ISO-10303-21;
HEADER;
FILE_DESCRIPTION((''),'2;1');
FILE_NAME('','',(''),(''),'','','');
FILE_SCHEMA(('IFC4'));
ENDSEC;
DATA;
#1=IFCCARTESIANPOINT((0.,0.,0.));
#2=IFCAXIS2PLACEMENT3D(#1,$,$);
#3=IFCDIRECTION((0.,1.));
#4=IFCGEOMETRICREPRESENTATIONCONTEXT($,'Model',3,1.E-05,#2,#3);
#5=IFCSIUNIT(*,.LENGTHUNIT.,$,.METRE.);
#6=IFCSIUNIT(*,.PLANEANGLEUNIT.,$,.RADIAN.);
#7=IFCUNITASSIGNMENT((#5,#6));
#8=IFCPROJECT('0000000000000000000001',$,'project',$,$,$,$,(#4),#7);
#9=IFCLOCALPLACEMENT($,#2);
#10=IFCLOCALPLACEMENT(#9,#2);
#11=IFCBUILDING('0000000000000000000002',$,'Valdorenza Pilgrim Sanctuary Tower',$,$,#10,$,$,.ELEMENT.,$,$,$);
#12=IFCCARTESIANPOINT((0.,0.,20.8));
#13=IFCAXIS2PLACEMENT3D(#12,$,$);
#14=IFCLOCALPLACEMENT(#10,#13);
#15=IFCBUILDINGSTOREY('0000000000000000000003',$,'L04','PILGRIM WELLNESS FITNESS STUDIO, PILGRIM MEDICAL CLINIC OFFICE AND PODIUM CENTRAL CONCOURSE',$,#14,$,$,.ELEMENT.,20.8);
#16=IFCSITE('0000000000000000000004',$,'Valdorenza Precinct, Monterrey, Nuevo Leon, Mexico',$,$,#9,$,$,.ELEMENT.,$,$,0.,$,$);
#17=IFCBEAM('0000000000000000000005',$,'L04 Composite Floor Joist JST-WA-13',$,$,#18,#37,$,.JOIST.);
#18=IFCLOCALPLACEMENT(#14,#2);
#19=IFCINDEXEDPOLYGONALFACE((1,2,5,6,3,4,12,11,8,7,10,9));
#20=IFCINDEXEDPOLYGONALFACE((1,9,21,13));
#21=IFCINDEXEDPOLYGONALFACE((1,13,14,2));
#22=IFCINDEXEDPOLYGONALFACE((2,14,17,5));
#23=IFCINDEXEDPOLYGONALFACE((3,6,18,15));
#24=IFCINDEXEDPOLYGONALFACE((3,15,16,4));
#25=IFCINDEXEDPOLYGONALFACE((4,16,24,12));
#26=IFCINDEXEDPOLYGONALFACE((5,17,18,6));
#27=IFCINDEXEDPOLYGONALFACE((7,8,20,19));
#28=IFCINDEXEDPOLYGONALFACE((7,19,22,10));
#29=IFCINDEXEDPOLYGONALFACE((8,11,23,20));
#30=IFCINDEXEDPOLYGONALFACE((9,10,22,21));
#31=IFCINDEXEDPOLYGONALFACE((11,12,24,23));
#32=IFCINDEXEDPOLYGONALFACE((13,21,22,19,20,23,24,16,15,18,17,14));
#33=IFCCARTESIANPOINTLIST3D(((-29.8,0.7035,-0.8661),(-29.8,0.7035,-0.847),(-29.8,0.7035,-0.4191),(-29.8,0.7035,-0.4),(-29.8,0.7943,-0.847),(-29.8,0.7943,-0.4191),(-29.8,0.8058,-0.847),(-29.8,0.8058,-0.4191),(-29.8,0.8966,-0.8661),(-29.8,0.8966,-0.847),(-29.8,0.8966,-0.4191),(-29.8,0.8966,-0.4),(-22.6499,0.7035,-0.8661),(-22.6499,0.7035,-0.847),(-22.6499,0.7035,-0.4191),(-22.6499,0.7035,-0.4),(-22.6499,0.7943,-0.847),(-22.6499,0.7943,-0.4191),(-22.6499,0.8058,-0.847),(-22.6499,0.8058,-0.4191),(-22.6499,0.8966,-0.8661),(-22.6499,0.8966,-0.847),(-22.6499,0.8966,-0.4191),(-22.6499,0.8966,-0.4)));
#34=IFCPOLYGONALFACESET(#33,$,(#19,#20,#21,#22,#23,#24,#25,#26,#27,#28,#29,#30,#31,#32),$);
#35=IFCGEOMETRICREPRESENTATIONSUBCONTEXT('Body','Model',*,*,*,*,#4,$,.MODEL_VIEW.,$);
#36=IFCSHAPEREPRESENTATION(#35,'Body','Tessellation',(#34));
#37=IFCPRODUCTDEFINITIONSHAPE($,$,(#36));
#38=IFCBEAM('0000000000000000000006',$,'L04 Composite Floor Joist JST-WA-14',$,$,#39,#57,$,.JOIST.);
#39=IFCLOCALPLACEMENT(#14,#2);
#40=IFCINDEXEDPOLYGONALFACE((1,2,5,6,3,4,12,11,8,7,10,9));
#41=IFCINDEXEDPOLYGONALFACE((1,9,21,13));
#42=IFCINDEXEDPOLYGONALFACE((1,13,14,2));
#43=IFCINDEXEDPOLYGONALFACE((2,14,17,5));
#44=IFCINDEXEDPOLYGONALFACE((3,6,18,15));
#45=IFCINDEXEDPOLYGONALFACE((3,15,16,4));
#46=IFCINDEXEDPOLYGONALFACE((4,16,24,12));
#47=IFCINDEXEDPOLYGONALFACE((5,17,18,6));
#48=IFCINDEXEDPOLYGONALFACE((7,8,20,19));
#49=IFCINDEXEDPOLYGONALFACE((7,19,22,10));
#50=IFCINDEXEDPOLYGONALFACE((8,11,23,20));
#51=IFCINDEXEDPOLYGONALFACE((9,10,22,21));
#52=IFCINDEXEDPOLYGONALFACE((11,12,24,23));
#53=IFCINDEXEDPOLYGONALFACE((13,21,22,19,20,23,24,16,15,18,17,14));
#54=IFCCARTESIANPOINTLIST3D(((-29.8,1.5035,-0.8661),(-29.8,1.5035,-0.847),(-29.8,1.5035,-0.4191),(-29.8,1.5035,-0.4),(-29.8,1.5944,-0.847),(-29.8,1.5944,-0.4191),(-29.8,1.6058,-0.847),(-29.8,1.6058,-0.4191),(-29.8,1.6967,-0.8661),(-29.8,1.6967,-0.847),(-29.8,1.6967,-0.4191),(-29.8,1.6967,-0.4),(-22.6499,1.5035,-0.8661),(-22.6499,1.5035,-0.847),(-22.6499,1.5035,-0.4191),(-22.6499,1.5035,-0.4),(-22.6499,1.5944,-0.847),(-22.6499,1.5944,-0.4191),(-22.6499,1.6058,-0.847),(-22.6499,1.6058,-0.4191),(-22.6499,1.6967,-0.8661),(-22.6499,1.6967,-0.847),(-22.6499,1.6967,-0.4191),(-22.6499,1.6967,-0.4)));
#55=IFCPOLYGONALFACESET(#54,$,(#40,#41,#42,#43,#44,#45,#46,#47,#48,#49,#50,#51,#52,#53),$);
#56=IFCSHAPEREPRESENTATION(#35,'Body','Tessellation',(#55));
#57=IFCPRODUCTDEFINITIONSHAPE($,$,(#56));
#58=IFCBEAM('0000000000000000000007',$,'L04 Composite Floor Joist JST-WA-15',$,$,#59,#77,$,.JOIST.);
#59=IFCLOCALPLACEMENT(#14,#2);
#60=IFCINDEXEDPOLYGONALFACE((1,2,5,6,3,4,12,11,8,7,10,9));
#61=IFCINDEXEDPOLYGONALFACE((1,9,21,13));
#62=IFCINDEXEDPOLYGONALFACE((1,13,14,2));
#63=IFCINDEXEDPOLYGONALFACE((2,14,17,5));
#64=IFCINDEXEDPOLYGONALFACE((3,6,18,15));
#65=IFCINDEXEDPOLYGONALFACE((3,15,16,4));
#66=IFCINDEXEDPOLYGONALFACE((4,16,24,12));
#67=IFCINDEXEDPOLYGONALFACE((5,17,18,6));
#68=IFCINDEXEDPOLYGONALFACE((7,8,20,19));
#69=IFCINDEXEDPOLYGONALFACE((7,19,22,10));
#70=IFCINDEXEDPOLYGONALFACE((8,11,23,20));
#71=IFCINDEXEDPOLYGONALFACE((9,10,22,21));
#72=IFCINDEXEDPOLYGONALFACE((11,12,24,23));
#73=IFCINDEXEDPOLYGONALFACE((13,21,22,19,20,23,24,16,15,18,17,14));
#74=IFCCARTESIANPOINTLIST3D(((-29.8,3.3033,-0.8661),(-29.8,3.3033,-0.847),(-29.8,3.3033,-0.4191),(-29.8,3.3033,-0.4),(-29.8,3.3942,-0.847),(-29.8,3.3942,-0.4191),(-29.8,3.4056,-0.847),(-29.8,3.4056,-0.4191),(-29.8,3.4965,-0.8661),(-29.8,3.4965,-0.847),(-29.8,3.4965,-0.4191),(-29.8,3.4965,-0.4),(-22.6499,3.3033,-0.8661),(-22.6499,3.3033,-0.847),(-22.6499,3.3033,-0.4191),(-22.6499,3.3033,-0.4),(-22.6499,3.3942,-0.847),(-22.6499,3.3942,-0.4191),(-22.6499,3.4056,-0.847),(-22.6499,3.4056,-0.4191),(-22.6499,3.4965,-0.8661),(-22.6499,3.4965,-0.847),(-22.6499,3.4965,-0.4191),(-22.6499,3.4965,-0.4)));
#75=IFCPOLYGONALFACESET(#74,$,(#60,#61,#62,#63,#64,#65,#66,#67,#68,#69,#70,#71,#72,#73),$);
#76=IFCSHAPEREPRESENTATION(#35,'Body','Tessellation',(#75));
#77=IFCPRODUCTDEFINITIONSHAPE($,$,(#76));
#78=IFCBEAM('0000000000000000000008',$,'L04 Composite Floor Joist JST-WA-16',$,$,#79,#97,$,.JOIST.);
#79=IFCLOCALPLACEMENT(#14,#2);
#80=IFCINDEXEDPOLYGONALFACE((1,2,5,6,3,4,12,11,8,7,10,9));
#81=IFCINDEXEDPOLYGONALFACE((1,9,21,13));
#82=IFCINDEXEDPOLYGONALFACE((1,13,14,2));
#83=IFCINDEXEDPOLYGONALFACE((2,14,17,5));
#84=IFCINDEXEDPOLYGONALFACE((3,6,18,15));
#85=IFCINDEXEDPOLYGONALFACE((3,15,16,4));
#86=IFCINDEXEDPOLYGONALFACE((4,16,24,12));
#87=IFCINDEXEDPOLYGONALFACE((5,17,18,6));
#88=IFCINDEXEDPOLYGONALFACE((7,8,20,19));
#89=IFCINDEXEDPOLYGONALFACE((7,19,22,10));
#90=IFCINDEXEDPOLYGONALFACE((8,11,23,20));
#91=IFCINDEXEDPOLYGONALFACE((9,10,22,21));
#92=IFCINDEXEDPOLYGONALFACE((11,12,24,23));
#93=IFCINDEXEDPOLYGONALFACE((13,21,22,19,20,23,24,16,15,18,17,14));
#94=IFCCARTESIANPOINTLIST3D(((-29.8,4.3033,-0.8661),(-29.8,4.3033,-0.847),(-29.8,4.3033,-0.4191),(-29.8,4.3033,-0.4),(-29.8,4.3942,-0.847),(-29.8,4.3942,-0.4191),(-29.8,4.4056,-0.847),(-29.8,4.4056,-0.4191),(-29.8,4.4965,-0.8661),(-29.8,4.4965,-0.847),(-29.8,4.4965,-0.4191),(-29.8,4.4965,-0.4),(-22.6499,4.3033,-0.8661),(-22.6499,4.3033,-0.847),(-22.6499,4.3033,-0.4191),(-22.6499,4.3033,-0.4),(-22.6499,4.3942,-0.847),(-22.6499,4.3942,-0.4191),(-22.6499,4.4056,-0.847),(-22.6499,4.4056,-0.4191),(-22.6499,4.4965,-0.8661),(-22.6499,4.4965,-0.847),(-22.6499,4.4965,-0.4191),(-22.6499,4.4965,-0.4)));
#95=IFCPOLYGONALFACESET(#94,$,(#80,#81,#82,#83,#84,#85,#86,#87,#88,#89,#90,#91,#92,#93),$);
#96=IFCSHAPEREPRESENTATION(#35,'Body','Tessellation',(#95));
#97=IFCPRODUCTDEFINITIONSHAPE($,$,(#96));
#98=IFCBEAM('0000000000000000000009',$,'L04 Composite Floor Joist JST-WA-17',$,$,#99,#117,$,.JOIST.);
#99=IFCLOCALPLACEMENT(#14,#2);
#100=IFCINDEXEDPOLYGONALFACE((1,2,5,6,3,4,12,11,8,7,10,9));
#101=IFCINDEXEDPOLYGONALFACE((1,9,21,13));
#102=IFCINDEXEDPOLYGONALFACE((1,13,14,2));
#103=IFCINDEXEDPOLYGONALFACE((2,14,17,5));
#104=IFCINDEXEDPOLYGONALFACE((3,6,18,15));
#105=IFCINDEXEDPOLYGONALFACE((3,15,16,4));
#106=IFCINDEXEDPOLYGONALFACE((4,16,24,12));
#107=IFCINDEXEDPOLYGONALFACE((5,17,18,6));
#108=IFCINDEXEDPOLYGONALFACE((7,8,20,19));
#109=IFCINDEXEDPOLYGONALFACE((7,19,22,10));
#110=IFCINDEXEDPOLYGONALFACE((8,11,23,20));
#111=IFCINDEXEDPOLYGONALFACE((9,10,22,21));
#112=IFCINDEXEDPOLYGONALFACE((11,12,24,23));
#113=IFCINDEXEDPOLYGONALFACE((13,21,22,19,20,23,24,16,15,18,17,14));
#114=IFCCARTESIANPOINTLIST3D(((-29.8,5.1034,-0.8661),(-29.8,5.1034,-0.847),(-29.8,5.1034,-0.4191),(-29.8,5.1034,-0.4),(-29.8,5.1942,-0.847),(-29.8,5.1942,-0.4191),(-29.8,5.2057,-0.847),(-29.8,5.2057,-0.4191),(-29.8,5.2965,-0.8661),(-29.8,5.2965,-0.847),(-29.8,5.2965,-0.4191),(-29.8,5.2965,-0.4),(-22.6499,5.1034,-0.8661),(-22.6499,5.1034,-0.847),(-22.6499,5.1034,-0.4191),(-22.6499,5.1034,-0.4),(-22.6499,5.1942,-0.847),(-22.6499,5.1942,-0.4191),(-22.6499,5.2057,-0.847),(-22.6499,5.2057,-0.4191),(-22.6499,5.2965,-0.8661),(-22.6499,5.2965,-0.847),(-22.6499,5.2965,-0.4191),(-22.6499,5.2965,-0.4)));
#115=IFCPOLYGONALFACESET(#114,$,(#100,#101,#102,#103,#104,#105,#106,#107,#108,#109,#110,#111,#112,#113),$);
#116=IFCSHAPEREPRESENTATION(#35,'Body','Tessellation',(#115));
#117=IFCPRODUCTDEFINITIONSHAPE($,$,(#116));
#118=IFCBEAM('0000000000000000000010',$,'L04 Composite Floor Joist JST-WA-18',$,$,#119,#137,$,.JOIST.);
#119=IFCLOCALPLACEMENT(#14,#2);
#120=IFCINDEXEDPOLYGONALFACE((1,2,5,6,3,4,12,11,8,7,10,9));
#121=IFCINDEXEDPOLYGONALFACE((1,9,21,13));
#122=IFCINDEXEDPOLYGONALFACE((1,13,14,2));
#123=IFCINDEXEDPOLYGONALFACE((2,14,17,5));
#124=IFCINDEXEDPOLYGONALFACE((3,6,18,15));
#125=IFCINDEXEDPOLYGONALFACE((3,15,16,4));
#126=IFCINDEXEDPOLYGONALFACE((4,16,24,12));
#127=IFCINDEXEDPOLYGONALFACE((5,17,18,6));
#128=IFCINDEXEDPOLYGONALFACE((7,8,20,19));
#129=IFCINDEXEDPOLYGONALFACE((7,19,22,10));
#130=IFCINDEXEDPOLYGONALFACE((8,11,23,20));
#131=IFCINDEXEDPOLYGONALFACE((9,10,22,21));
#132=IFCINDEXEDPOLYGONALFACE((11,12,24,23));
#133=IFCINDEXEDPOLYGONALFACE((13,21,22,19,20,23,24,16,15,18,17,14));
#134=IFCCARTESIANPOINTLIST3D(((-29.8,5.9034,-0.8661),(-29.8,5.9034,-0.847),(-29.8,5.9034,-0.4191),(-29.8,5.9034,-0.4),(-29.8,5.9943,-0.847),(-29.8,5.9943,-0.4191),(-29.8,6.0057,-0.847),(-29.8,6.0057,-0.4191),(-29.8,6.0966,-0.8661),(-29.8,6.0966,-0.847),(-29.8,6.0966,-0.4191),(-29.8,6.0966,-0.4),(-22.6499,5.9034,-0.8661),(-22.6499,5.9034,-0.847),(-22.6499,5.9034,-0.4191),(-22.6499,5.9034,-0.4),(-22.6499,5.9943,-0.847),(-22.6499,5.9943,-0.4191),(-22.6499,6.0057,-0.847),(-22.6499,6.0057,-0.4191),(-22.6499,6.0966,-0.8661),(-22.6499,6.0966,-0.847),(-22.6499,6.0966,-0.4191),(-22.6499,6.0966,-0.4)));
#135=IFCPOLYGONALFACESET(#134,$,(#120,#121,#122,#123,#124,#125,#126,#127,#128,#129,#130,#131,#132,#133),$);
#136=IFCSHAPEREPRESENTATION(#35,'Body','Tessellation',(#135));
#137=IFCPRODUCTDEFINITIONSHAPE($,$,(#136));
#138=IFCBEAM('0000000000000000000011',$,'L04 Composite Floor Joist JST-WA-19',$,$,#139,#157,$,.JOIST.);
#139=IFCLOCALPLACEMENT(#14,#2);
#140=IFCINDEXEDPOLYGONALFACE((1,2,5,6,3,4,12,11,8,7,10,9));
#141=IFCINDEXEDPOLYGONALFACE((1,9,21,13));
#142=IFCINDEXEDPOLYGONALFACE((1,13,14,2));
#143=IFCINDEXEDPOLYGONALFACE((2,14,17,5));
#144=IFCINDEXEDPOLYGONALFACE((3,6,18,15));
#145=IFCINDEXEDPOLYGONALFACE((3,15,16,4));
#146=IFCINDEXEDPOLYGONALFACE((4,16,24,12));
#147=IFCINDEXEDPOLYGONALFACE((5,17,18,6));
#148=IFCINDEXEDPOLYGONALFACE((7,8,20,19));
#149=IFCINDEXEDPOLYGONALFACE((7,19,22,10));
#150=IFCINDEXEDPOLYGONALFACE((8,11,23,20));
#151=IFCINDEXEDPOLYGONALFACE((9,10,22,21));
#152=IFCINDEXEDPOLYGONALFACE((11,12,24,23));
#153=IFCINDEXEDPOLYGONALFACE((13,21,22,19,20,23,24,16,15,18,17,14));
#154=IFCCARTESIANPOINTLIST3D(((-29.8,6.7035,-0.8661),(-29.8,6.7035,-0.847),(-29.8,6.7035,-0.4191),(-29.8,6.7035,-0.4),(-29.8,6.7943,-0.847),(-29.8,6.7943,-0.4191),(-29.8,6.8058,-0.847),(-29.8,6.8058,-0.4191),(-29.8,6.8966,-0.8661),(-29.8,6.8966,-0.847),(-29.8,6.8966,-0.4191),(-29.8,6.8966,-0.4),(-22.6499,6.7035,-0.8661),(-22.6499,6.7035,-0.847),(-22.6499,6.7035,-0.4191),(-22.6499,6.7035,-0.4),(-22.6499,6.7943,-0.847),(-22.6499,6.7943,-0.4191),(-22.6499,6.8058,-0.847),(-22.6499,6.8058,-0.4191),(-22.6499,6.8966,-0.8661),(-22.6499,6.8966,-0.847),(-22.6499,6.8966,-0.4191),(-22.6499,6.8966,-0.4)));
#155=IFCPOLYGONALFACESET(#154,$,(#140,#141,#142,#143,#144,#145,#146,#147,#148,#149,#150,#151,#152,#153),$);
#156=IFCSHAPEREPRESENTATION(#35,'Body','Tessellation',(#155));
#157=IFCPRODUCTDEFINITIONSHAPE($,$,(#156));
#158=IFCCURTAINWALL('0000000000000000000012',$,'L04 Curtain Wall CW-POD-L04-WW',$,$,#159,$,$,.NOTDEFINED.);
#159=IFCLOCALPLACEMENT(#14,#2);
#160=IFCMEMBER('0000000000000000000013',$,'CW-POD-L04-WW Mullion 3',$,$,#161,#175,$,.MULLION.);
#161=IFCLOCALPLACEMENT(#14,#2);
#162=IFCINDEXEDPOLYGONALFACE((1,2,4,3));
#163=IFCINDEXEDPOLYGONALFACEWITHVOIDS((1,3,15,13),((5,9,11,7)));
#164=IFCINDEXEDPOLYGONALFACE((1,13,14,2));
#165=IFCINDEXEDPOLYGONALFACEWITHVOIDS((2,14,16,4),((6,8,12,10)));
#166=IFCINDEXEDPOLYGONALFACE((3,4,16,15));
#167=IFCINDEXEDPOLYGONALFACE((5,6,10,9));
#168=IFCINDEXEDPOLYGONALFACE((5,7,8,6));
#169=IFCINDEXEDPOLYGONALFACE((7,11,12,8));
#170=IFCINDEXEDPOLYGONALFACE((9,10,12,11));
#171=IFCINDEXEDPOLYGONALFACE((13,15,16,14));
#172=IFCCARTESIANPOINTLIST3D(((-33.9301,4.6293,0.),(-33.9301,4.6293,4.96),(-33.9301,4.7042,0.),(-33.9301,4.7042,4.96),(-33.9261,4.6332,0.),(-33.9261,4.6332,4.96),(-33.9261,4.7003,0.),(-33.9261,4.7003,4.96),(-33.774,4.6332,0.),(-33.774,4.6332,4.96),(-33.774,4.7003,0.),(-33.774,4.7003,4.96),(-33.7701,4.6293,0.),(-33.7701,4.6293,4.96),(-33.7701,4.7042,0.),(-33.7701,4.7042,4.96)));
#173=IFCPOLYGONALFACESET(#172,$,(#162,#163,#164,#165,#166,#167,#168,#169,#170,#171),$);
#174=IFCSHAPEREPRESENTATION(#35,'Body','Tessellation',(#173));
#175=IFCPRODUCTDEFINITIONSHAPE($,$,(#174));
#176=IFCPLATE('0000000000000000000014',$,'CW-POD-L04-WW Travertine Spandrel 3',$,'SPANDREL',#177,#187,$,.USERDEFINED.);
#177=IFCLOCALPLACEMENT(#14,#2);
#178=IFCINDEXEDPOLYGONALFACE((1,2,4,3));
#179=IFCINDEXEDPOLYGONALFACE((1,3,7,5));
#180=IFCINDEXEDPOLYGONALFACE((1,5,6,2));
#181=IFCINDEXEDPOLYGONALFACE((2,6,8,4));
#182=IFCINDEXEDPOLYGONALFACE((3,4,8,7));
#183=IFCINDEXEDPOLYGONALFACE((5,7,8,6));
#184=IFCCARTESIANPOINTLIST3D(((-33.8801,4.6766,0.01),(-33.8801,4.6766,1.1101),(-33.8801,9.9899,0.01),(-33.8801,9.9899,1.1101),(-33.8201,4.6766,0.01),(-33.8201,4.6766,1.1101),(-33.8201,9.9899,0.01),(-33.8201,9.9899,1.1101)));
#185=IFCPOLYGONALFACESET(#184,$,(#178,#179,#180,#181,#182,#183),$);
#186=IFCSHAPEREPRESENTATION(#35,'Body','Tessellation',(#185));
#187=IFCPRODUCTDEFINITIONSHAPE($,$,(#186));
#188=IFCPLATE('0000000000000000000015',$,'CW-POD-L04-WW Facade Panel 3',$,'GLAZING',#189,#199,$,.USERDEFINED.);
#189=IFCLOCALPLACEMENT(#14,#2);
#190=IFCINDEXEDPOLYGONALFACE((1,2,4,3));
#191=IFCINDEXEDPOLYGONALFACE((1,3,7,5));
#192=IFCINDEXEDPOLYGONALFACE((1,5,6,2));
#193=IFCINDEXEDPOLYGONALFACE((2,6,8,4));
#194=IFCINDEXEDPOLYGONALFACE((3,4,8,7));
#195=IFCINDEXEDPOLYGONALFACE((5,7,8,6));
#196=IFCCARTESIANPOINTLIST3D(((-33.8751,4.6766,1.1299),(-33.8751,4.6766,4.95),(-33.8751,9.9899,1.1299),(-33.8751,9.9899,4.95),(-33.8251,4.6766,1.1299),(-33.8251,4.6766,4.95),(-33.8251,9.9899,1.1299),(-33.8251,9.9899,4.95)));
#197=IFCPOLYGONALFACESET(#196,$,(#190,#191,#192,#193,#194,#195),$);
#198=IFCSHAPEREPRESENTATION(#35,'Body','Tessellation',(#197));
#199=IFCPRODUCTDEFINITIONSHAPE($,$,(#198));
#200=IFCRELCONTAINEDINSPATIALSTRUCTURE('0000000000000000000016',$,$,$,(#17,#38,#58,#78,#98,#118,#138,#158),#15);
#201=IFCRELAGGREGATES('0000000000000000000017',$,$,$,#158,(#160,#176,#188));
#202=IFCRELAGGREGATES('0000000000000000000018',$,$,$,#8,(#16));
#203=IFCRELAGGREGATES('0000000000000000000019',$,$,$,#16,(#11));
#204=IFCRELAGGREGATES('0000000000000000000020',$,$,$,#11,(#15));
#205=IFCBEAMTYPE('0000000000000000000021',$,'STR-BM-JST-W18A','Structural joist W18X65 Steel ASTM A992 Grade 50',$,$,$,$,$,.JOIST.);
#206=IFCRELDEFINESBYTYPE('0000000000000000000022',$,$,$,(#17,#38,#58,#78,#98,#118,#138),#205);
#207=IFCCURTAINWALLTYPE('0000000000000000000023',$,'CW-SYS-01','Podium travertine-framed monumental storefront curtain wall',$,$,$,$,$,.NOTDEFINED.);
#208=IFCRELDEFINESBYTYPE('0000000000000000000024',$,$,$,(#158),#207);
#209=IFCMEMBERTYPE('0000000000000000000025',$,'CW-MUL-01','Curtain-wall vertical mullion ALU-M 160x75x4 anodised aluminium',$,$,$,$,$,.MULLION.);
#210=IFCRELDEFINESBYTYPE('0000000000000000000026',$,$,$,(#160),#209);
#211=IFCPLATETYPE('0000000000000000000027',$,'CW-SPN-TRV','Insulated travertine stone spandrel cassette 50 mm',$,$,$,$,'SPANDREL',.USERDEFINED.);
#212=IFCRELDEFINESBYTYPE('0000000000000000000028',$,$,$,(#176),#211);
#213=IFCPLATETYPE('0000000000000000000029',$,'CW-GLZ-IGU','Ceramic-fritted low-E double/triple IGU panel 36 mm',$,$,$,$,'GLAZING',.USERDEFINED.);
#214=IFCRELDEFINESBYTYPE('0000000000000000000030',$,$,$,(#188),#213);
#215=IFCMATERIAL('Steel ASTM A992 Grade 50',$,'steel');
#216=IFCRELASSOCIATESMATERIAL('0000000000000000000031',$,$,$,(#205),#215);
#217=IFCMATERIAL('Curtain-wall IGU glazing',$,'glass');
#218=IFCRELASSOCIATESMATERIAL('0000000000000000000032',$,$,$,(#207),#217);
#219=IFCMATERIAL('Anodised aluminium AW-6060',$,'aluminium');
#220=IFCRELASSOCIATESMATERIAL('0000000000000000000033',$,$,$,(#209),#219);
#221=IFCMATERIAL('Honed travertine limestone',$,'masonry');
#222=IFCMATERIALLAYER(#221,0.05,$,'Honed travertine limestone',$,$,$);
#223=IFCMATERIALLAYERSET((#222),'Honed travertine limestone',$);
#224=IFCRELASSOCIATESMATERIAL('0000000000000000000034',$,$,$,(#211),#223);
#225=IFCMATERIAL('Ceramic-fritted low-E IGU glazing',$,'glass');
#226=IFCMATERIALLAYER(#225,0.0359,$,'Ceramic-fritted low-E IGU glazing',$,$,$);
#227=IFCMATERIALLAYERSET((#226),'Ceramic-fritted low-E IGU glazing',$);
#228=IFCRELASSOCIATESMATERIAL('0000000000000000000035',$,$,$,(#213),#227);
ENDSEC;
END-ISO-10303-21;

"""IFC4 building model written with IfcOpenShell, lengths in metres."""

from ifc_helpers import new_model, si_unit, direction, frame, origin, origin_2d, place, context, subcontext, project, spatial, rectangle, hollow_rectangle, i_section, extrude, source, transform, mapped, material, layer, layer_set, material_profile, profile_set, type_object, element, aggregate, save


model = new_model("IFC4")

# Units and contexts
model_context = context("Model", 3, precision=1e-05, world=origin(), true_north=direction((0.0, 1.0)))
body_context = subcontext(model_context, "Body", "Model", "MODEL_VIEW")
ifc_project = project(units=[si_unit("LENGTHUNIT", "METRE"), si_unit("PLANEANGLEUNIT", "RADIAN")], contexts=[model_context])

# Site, building, storey
site_placement = place(None, origin())
site = spatial("IfcSite", under=ifc_project, at=site_placement, Name="Valdorenza Precinct, Monterrey, Nuevo Leon, Mexico", CompositionType="ELEMENT", RefElevation=0.0)
building_placement = place(site_placement, origin())
building = spatial("IfcBuilding", under=site, at=building_placement, Name="Valdorenza Pilgrim Sanctuary Tower", CompositionType="ELEMENT")
storey_placement = place(building_placement, frame((0.0, 0.0, 20.8)))
storey = spatial("IfcBuildingStorey", under=building, at=storey_placement, Name="L04", Description="PILGRIM WELLNESS FITNESS STUDIO, PILGRIM MEDICAL CLINIC OFFICE AND PODIUM CENTRAL CONCOURSE", CompositionType="ELEMENT", Elevation=20.8)

# Beams
ifc_material_1 = material(Name="Steel ASTM A992 Grade 50", Category="steel")
ifc_material_profile_1 = material_profile(ifc_material_1, i_section(OverallWidth=0.1931, OverallDepth=0.4661, WebThickness=0.0115, FlangeThickness=0.019, at=origin_2d()), Name="W18X65")
ifc_profile_set_1 = profile_set([ifc_material_profile_1], Name="Steel ASTM A992 Grade 50")
beam_type = type_object("IfcBeamType", Name="STR-BM-JST-W18A", Description="Structural joist W18X65 Steel ASTM A992 Grade 50", PredefinedType="JOIST", material=ifc_profile_set_1)
shared_shape_1 = source(origin(), body_context, "Body", "SweptSolid", [
    extrude(i_section(OverallWidth=0.1931, OverallDepth=0.4661, WebThickness=0.0115, FlangeThickness=0.019, at=origin_2d()), origin(), (0.0, 0.0, 1.0), 7.1501),
])
for number, where, z_axis, x_axis, name in (
    (1, (-29.8, 0.8, -0.6331), (1.0, 0.0, 0.0), (0.0, 1.0, 0.0), "L04 Composite Floor Joist JST-WA-13"),
    (2, (-29.8, 1.6001, -0.6331), (1.0, 0.0, 0.0), (0.0, 1.0, 0.0), "L04 Composite Floor Joist JST-WA-14"),
    (3, (-29.8, 3.3999, -0.6331), (1.0, 0.0, 0.0), (0.0, 1.0, 0.0), "L04 Composite Floor Joist JST-WA-15"),
    (4, (-29.8, 4.3999, -0.6331), (1.0, 0.0, 0.0), (0.0, 1.0, 0.0), "L04 Composite Floor Joist JST-WA-16"),
    (5, (-29.8, 5.2, -0.6331), (1.0, 0.0, 0.0), (0.0, 1.0, 0.0), "L04 Composite Floor Joist JST-WA-17"),
    (6, (-29.8, 6.0, -0.6331), (1.0, 0.0, 0.0), (0.0, 1.0, 0.0), "L04 Composite Floor Joist JST-WA-18"),
    (7, (-29.8, 6.8, -0.6331), (1.0, 0.0, 0.0), (0.0, 1.0, 0.0), "L04 Composite Floor Joist JST-WA-19"),
):
    element("IfcBeam", number, at=place(storey_placement, frame(where, z_axis=z_axis, x_axis=x_axis)), inside=storey, type_object=beam_type, Name=name, PredefinedType="JOIST", context=body_context, shape_type="MappedRepresentation", body=[
        mapped(shared_shape_1, transform((0.0, 0.0, 0.0), x_axis=(1.0, 0.0, 0.0), y_axis=(0.0, 1.0, 0.0), z_axis=(0.0, 0.0, 1.0), scale=1.0)),
    ])

# Curtain wall, member, plates
ifc_material_2 = material(Name="Curtain-wall IGU glazing", Category="glass")
curtain_wall_type = type_object("IfcCurtainWallType", Name="CW-SYS-01", Description="Podium travertine-framed monumental storefront curtain wall", PredefinedType="NOTDEFINED", material=ifc_material_2)
curtain_wall_placement = place(storey_placement, origin())
curtain_wall = element("IfcCurtainWall", 8, at=curtain_wall_placement, inside=storey, type_object=curtain_wall_type, Name="L04 Curtain Wall CW-POD-L04-WW", PredefinedType="NOTDEFINED")
ifc_material_3 = material(Name="Anodised aluminium AW-6060", Category="aluminium")
ifc_material_profile_2 = material_profile(ifc_material_3, hollow_rectangle(XDim=0.075, YDim=0.1599, WallThickness=0.0039, at=origin_2d()), Name="ALU-M 160x75x4")
ifc_profile_set_2 = profile_set([ifc_material_profile_2], Name="Anodised aluminium AW-6060")
member_type = type_object("IfcMemberType", Name="CW-MUL-01", Description="Curtain-wall vertical mullion ALU-M 160x75x4 anodised aluminium", PredefinedType="MULLION", material=ifc_profile_set_2)
shared_shape_2 = source(origin(), body_context, "Body", "SweptSolid", [
    extrude(hollow_rectangle(XDim=0.075, YDim=0.1599, WallThickness=0.0039, at=origin_2d()), origin(), (0.0, 0.0, 1.0), 4.96),
])
member_placement = place(storey_placement, frame((-33.8501, 4.6667, 0.0), z_axis=(0.0, 0.0, 1.0), x_axis=(0.0, 1.0, 0.0)))
member = element("IfcMember", 9, at=member_placement, type_object=member_type, Name="CW-POD-L04-WW Mullion 3", PredefinedType="MULLION", context=body_context, shape_type="MappedRepresentation", body=[
    mapped(shared_shape_2, transform((0.0, 0.0, 0.0), x_axis=(1.0, 0.0, 0.0), y_axis=(0.0, 1.0, 0.0), z_axis=(0.0, 0.0, 1.0), scale=1.0)),
])
ifc_material_4 = material(Name="Honed travertine limestone", Category="masonry")
ifc_layer_1 = layer(ifc_material_4, 0.05, Name="Honed travertine limestone")
ifc_layer_set_1 = layer_set([ifc_layer_1], Name="Honed travertine limestone")
plate_type_1 = type_object("IfcPlateType", Name="CW-SPN-TRV", Description="Insulated travertine stone spandrel cassette 50 mm", ElementType="SPANDREL", PredefinedType="USERDEFINED", material=ifc_layer_set_1)
shared_shape_3 = source(origin(), body_context, "Body", "SweptSolid", [
    extrude(rectangle(XDim=5.3132, YDim=0.0601, at=origin_2d()), origin(), (0.0, 0.0, 1.0), 1.1001),
])
plate_1_placement = place(storey_placement, frame((-33.8501, 7.3333, 0.01), z_axis=(0.0, 0.0, 1.0), x_axis=(0.0, 1.0, 0.0)))
plate_1 = element("IfcPlate", 10, at=plate_1_placement, type_object=plate_type_1, Name="CW-POD-L04-WW Travertine Spandrel 3", ObjectType="SPANDREL", PredefinedType="USERDEFINED", context=body_context, shape_type="MappedRepresentation", body=[
    mapped(shared_shape_3, transform((0.0, 0.0, 0.0), x_axis=(1.0, 0.0, 0.0), y_axis=(0.0, 1.0, 0.0), z_axis=(0.0, 0.0, 1.0), scale=1.0)),
])
ifc_material_5 = material(Name="Ceramic-fritted low-E IGU glazing", Category="glass")
ifc_layer_2 = layer(ifc_material_5, 0.0359, Name="Ceramic-fritted low-E IGU glazing")
ifc_layer_set_2 = layer_set([ifc_layer_2], Name="Ceramic-fritted low-E IGU glazing")
plate_type_2 = type_object("IfcPlateType", Name="CW-GLZ-IGU", Description="Ceramic-fritted low-E double/triple IGU panel 36 mm", ElementType="GLAZING", PredefinedType="USERDEFINED", material=ifc_layer_set_2)
shared_shape_4 = source(origin(), body_context, "Body", "SweptSolid", [
    extrude(rectangle(XDim=5.3132, YDim=0.05, at=origin_2d()), origin(), (0.0, 0.0, 1.0), 3.8201),
])
plate_2_placement = place(storey_placement, frame((-33.8501, 7.3333, 1.1299), z_axis=(0.0, 0.0, 1.0), x_axis=(0.0, 1.0, 0.0)))
plate_2 = element("IfcPlate", 11, at=plate_2_placement, type_object=plate_type_2, Name="CW-POD-L04-WW Facade Panel 3", ObjectType="GLAZING", PredefinedType="USERDEFINED", context=body_context, shape_type="MappedRepresentation", body=[
    mapped(shared_shape_4, transform((0.0, 0.0, 0.0), x_axis=(1.0, 0.0, 0.0), y_axis=(0.0, 1.0, 0.0), z_axis=(0.0, 0.0, 1.0), scale=1.0)),
])
aggregate(curtain_wall, [member, plate_1, plate_2])

save(model, "model.ifc")
